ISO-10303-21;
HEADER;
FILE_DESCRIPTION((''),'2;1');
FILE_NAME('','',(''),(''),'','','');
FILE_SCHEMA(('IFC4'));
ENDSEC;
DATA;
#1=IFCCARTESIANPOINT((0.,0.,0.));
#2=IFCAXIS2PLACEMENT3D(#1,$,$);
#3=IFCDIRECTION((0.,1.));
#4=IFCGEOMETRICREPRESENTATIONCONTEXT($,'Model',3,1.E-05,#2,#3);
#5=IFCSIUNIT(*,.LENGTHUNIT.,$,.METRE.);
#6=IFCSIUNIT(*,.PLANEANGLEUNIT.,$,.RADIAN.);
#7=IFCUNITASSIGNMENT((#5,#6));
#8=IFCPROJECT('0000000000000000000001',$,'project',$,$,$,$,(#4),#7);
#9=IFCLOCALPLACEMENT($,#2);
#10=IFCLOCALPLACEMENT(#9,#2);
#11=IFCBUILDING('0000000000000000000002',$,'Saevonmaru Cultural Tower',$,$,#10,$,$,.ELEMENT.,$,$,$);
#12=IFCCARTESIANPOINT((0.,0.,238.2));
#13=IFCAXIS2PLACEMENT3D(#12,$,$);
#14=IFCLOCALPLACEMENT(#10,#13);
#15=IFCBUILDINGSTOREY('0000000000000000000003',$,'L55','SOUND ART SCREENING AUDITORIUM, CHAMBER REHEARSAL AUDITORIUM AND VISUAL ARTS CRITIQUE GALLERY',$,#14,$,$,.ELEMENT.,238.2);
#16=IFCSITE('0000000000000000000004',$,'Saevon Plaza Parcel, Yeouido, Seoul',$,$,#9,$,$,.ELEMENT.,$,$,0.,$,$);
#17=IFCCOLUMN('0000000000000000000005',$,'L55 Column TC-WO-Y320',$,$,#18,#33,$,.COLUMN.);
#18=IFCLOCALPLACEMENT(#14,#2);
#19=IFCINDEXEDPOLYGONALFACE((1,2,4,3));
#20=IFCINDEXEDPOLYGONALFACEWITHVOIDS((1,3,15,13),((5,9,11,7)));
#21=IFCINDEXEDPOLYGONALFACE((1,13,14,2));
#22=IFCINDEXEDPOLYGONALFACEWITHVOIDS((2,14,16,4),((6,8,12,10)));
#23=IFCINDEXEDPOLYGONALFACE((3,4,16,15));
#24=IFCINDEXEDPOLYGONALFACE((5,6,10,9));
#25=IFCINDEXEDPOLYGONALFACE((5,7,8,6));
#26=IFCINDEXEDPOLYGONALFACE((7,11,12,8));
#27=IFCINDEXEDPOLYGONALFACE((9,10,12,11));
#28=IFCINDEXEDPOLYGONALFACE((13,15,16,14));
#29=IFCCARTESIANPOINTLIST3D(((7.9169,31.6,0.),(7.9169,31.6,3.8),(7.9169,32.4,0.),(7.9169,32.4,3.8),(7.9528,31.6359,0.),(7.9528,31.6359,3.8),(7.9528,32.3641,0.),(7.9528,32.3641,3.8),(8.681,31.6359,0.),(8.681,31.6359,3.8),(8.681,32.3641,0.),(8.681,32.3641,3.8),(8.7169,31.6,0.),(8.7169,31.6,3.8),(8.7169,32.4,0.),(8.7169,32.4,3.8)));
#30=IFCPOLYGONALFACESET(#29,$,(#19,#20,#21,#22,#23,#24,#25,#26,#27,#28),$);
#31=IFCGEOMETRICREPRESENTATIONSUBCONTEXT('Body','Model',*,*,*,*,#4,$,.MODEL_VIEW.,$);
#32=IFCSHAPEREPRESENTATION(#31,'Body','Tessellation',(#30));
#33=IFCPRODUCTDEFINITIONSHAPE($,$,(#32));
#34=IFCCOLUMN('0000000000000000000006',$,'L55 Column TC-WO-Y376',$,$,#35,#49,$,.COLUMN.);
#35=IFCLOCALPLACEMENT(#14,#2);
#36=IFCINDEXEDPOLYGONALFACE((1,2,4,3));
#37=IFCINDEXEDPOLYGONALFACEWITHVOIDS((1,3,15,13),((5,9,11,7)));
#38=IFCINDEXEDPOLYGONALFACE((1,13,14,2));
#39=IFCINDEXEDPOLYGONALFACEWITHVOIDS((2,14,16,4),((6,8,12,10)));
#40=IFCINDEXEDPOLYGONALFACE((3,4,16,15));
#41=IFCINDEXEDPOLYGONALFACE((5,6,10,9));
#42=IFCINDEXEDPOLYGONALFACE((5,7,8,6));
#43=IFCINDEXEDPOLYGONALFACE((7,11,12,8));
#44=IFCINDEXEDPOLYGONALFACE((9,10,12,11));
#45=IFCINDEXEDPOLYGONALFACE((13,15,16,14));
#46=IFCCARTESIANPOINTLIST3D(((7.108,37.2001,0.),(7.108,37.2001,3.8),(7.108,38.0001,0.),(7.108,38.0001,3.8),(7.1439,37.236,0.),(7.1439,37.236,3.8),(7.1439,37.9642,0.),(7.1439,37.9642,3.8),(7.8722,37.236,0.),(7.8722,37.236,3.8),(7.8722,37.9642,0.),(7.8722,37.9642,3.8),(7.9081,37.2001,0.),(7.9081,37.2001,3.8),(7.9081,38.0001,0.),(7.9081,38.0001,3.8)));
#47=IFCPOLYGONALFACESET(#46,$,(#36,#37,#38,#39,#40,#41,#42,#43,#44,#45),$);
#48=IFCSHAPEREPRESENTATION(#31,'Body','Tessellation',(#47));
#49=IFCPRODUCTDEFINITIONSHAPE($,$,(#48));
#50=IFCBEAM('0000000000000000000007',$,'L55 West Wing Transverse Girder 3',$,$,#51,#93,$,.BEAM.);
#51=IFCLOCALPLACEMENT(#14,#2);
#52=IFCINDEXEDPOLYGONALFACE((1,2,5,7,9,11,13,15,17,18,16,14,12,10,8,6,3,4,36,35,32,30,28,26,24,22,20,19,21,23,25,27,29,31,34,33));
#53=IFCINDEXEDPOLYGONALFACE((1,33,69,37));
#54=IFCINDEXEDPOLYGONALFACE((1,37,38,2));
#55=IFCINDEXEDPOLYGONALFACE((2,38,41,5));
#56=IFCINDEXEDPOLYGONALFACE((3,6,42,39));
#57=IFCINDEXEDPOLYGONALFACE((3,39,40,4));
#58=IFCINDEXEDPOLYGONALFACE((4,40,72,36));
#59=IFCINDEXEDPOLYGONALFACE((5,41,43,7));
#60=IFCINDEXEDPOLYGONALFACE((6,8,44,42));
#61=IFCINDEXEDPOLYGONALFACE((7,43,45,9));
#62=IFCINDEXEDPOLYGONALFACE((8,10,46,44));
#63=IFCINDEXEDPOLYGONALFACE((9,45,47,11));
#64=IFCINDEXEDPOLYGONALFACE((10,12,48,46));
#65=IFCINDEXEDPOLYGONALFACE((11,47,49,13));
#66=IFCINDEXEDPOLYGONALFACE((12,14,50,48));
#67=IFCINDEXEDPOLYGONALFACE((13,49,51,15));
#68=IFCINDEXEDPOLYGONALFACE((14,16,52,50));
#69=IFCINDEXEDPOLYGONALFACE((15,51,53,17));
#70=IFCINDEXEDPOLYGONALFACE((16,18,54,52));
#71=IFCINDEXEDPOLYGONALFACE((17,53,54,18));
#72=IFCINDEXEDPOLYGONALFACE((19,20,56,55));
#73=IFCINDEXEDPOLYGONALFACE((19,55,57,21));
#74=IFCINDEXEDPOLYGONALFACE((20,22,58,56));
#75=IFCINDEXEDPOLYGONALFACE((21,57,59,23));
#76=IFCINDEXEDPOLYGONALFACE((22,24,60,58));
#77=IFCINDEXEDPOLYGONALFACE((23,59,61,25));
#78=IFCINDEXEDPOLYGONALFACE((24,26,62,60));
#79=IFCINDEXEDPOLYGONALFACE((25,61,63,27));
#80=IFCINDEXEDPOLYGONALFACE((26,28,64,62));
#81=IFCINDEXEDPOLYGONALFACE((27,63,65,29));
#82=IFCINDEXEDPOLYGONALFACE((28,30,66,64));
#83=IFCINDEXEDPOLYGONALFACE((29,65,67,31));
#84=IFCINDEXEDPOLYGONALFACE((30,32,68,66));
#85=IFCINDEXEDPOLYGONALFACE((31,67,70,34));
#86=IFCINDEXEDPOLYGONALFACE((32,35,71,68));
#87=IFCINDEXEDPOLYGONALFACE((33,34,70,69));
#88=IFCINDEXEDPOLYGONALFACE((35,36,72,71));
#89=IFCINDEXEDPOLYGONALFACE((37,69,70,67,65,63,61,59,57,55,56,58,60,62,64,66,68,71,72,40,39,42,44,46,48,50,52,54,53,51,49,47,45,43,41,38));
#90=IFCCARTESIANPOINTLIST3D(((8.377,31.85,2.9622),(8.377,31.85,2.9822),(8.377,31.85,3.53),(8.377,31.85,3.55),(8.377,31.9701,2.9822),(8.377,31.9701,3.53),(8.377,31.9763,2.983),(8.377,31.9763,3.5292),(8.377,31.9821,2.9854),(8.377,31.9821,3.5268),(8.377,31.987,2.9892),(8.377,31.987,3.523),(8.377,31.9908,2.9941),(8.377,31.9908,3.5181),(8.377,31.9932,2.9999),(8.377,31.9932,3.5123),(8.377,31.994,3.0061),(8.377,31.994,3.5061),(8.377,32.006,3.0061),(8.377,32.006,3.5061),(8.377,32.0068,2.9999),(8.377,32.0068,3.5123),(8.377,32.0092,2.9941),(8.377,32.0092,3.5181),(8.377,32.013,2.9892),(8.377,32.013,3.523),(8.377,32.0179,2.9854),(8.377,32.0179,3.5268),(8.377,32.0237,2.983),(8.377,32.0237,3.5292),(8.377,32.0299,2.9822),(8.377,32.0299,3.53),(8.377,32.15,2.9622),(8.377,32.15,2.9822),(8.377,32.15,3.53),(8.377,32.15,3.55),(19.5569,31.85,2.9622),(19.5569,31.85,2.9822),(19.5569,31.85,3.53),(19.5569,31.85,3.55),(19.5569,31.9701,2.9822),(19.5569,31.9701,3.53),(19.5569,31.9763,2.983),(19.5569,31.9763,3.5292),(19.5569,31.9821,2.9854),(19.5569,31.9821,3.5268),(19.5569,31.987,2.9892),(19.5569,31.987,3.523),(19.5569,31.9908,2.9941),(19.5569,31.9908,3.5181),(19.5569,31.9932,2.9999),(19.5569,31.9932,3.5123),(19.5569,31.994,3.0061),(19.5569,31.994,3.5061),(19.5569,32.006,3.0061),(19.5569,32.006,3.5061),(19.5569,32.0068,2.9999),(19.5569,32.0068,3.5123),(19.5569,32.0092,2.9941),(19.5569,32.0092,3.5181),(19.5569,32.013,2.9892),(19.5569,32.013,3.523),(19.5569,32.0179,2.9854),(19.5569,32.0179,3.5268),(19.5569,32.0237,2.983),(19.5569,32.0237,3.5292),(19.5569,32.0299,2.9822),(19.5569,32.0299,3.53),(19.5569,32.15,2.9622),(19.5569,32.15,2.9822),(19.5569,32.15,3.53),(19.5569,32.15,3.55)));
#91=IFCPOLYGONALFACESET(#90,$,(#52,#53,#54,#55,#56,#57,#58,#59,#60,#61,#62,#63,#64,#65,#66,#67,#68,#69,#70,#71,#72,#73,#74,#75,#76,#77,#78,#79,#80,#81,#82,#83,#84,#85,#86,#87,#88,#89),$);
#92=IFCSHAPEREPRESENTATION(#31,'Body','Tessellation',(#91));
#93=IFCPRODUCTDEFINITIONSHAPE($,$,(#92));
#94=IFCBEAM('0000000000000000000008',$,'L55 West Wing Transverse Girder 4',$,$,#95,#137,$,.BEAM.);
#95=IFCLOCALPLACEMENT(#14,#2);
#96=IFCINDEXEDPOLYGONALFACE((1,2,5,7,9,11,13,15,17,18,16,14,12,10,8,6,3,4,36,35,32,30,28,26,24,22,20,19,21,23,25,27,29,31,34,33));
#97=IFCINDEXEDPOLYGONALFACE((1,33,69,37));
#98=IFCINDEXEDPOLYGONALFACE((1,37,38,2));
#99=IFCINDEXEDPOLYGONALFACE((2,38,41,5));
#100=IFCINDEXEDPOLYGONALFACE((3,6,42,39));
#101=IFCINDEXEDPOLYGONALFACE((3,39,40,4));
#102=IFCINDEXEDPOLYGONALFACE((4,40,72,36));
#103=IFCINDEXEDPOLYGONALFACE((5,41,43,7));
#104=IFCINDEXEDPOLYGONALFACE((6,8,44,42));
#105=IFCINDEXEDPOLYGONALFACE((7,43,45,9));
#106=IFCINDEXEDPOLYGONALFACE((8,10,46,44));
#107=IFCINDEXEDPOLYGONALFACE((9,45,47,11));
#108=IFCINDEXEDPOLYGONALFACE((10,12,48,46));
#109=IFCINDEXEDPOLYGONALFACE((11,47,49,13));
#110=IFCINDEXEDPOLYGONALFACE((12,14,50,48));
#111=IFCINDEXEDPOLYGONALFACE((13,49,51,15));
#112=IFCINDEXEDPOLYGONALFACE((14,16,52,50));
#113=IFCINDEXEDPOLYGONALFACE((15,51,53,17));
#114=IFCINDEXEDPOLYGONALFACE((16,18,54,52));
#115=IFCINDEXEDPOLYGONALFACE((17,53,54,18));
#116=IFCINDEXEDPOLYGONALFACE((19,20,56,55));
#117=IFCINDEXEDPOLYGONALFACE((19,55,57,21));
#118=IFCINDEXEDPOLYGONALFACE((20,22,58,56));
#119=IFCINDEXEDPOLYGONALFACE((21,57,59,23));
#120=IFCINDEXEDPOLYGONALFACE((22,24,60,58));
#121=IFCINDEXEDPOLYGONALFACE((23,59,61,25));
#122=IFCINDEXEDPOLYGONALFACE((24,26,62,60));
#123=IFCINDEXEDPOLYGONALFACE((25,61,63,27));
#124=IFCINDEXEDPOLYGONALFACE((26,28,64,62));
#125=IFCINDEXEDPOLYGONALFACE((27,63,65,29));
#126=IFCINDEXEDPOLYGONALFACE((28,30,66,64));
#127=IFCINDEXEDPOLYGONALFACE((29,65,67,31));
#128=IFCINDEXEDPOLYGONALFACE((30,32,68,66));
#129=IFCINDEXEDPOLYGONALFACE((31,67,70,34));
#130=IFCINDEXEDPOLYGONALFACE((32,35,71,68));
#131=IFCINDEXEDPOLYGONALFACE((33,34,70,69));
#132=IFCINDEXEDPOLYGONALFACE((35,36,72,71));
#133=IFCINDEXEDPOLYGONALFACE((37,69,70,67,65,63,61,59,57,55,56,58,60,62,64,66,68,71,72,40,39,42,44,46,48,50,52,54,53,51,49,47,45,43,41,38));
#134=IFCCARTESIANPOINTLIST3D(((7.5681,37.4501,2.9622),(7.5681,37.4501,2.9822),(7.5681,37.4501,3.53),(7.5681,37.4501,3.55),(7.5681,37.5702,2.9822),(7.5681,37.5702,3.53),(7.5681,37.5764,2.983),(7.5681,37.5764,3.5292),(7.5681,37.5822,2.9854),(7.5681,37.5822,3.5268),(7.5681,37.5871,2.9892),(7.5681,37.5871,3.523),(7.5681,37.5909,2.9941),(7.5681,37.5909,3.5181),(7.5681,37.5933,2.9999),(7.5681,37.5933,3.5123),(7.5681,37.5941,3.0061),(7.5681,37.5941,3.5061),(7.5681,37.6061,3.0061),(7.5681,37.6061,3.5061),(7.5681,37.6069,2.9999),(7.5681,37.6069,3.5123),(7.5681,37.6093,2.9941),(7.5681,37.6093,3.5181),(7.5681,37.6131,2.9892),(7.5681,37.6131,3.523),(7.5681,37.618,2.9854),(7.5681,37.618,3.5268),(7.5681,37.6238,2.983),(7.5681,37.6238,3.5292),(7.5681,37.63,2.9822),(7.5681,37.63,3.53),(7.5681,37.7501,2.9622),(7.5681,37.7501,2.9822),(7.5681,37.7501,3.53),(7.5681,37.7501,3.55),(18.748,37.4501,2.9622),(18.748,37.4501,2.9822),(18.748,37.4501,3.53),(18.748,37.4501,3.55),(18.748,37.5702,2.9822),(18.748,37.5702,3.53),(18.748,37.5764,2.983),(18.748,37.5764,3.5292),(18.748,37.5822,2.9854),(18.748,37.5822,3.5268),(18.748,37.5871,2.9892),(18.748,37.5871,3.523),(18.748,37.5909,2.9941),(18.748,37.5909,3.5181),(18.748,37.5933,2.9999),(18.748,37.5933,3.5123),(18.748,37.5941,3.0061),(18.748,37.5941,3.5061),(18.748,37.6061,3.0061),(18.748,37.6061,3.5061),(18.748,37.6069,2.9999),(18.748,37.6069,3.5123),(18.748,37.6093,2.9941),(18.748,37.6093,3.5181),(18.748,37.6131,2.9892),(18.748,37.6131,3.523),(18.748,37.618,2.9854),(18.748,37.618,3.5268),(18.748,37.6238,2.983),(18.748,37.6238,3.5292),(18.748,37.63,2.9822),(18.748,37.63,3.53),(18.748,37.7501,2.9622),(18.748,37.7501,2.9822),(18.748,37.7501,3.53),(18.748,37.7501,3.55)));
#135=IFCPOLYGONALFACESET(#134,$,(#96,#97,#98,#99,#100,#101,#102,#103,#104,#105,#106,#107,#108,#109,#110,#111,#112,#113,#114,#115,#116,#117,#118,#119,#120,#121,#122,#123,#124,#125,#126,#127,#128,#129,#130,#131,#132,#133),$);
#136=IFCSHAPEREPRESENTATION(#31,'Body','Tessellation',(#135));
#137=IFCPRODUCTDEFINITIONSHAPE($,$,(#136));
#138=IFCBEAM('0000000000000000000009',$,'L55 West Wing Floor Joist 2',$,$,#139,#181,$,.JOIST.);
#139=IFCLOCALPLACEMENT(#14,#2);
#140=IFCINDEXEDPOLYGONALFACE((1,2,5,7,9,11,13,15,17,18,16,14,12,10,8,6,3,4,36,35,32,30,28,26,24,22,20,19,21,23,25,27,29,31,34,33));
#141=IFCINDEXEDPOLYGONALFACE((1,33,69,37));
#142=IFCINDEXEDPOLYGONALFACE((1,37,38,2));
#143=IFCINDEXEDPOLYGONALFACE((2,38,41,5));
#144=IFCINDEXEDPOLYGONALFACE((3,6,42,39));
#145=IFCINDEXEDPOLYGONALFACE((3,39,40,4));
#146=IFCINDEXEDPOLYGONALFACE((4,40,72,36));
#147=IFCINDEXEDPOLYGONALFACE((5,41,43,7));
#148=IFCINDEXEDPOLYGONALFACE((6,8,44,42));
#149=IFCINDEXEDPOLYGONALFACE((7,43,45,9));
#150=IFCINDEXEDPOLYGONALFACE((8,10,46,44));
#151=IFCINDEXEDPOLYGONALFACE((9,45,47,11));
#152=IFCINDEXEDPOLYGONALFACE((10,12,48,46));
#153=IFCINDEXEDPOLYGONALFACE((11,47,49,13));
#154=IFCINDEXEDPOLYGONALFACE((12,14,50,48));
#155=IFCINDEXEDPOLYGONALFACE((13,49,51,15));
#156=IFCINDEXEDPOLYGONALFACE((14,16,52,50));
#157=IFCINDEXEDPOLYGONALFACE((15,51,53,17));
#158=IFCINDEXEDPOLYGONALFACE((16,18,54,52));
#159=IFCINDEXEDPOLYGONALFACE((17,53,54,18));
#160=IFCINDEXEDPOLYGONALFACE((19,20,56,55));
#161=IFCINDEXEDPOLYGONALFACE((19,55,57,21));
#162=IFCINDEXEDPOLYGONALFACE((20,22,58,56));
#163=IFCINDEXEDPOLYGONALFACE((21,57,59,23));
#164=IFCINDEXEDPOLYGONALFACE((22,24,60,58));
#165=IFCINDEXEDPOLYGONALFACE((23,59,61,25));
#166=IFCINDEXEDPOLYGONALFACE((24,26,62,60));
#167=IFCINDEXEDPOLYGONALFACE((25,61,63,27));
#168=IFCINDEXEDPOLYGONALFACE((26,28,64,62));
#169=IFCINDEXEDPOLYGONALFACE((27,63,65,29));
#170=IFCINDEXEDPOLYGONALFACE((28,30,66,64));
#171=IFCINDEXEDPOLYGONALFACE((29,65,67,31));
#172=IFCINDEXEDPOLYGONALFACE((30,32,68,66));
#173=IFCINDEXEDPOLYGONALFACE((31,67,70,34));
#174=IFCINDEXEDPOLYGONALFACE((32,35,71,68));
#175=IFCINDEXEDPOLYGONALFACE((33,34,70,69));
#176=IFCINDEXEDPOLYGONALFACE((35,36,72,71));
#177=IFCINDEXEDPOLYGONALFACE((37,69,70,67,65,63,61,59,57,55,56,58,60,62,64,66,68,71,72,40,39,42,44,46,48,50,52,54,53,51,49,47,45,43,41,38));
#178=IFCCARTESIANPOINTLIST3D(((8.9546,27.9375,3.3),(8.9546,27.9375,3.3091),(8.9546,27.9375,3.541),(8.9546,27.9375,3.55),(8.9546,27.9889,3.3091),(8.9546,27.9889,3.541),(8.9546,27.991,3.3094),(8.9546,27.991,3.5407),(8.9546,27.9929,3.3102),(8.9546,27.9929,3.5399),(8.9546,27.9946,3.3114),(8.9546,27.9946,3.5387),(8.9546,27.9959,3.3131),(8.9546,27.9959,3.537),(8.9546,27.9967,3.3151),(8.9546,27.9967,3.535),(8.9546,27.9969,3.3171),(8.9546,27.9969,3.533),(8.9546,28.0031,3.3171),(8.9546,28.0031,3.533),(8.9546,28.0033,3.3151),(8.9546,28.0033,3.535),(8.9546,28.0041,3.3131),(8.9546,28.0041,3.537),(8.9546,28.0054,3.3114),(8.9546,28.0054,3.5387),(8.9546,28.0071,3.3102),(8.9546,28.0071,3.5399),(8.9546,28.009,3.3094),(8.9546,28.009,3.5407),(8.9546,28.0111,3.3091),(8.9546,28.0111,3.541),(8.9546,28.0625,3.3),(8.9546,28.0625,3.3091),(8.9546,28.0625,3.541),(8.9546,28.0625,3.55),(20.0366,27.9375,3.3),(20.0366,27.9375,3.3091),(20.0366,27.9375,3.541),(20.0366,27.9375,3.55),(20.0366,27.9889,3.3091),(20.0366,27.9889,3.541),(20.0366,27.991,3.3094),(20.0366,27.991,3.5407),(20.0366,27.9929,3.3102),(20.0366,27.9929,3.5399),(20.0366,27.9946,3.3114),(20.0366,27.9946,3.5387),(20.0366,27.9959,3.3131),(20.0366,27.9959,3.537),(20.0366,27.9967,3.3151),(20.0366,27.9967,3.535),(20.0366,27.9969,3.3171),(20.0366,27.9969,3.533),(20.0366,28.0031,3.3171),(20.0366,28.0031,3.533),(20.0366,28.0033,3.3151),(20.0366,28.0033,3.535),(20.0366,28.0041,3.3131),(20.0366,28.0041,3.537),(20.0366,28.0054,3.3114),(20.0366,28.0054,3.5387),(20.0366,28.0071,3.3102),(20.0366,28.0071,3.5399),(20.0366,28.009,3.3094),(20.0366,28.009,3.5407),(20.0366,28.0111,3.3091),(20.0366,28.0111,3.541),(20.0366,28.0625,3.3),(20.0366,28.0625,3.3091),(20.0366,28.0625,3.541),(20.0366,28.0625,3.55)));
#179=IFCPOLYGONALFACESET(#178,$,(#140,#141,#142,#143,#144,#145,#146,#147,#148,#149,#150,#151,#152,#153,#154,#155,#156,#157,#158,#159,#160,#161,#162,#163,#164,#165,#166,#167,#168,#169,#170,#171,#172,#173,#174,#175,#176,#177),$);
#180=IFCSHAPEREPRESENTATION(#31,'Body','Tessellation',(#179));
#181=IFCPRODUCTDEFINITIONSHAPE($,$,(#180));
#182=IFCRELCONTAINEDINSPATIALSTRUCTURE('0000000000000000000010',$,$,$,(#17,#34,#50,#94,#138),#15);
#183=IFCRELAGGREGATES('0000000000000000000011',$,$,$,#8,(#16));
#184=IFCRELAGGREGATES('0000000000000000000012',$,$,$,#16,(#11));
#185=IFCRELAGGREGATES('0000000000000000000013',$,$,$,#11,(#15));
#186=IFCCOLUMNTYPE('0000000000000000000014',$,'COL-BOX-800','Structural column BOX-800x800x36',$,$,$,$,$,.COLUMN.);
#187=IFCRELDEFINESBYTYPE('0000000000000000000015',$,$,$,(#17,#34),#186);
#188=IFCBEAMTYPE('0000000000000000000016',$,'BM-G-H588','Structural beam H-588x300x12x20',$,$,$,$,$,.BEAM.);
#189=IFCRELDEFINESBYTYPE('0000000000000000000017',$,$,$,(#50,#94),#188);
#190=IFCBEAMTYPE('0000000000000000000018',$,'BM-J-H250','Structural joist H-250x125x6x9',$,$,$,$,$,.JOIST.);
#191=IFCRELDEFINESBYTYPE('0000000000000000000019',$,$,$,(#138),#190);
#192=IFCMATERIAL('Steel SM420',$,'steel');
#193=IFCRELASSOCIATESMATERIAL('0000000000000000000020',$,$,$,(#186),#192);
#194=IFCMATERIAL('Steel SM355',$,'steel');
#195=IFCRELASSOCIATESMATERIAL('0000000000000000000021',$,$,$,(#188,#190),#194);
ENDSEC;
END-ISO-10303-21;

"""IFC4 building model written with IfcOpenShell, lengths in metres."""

from ifc_helpers import new_model, si_unit, direction, frame, origin, origin_2d, place, context, subcontext, project, spatial, hollow_rectangle, i_section, extrude, material, material_profile, profile_set, type_object, element, save


model = new_model("IFC4")

# Units and contexts
model_context = context("Model", 3, precision=1e-05, world=origin(), true_north=direction((0.0, 1.0)))
body_context = subcontext(model_context, "Body", "Model", "MODEL_VIEW")
ifc_project = project(units=[si_unit("LENGTHUNIT", "METRE"), si_unit("PLANEANGLEUNIT", "RADIAN")], contexts=[model_context])

# Site, building, storey
site_placement = place(None, origin())
site = spatial("IfcSite", under=ifc_project, at=site_placement, Name="Saevon Plaza Parcel, Yeouido, Seoul", CompositionType="ELEMENT", RefElevation=0.0)
building_placement = place(site_placement, origin())
building = spatial("IfcBuilding", under=site, at=building_placement, Name="Saevonmaru Cultural Tower", CompositionType="ELEMENT")
storey_placement = place(building_placement, frame((0.0, 0.0, 238.2)))
storey = spatial("IfcBuildingStorey", under=building, at=storey_placement, Name="L55", Description="SOUND ART SCREENING AUDITORIUM, CHAMBER REHEARSAL AUDITORIUM AND VISUAL ARTS CRITIQUE GALLERY", CompositionType="ELEMENT", Elevation=238.2)

# Columns
ifc_material_1 = material(Name="Steel SM420", Category="steel")
ifc_material_profile_1 = material_profile(ifc_material_1, hollow_rectangle(XDim=0.8, YDim=0.8, WallThickness=0.0359, at=origin_2d()), Name="BOX-800x800x36")
ifc_profile_set_1 = profile_set([ifc_material_profile_1], Name="Steel SM420")
column_type = type_object("IfcColumnType", Name="COL-BOX-800", Description="Structural column BOX-800x800x36", PredefinedType="COLUMN", material=ifc_profile_set_1)
for number, where, z_axis, x_axis, name in (
    (1, (8.3169, 32.0, 0.0), (0.0, 0.0, 1.0), (1.0, 0.0, 0.0), "L55 Column TC-WO-Y320"),
    (2, (7.5081, 37.6001, 0.0), (0.0, 0.0, 1.0), (1.0, 0.0, 0.0), "L55 Column TC-WO-Y376"),
):
    element("IfcColumn", number, at=place(storey_placement, frame(where, z_axis=z_axis, x_axis=x_axis)), inside=storey, type_object=column_type, Name=name, PredefinedType="COLUMN", context=body_context, shape_type="SweptSolid", body=[
        extrude(hollow_rectangle(XDim=0.8, YDim=0.8, WallThickness=0.0359, at=origin_2d()), origin(), (0.0, 0.0, 1.0), 3.8),
    ])

# Beams
ifc_material_2 = material(Name="Steel SM355", Category="steel")
ifc_material_profile_2 = material_profile(ifc_material_2, i_section(OverallWidth=0.3, OverallDepth=0.5879, WebThickness=0.012, FlangeThickness=0.02, FilletRadius=0.0239, at=origin_2d()), Name="H-588x300x12x20")
ifc_profile_set_2 = profile_set([ifc_material_profile_2], Name="Steel SM355")
beam_type_1 = type_object("IfcBeamType", Name="BM-G-H588", Description="Structural beam H-588x300x12x20", PredefinedType="BEAM", material=ifc_profile_set_2)
for number, where, z_axis, x_axis, name in (
    (3, (8.377, 32.0, 3.2561), (1.0, 0.0, 0.0), (0.0, 1.0, 0.0), "L55 West Wing Transverse Girder 3"),
    (4, (7.5681, 37.6001, 3.2561), (1.0, 0.0, 0.0), (0.0, 1.0, 0.0), "L55 West Wing Transverse Girder 4"),
):
    element("IfcBeam", number, at=place(storey_placement, frame(where, z_axis=z_axis, x_axis=x_axis)), inside=storey, type_object=beam_type_1, Name=name, PredefinedType="BEAM", context=body_context, shape_type="SweptSolid", body=[
        extrude(i_section(OverallWidth=0.3, OverallDepth=0.5879, WebThickness=0.012, FlangeThickness=0.02, FilletRadius=0.0239, at=origin_2d()), origin(), (0.0, 0.0, 1.0), 11.1799),
    ])
ifc_material_profile_3 = material_profile(ifc_material_2, i_section(OverallWidth=0.125, OverallDepth=0.25, WebThickness=0.0061, FlangeThickness=0.009, FilletRadius=0.0081, at=origin_2d()), Name="H-250x125x6x9")
ifc_profile_set_3 = profile_set([ifc_material_profile_3], Name="Steel SM355")
beam_type_2 = type_object("IfcBeamType", Name="BM-J-H250", Description="Structural joist H-250x125x6x9", PredefinedType="JOIST", material=ifc_profile_set_3)
for number, where, z_axis, x_axis, name in (
    (5, (8.9546, 28.0, 3.425), (1.0, 0.0, 0.0), (0.0, 1.0, 0.0), "L55 West Wing Floor Joist 2"),
):
    element("IfcBeam", number, at=place(storey_placement, frame(where, z_axis=z_axis, x_axis=x_axis)), inside=storey, type_object=beam_type_2, Name=name, PredefinedType="JOIST", context=body_context, shape_type="SweptSolid", body=[
        extrude(i_section(OverallWidth=0.125, OverallDepth=0.25, WebThickness=0.0061, FlangeThickness=0.009, FilletRadius=0.0081, at=origin_2d()), origin(), (0.0, 0.0, 1.0), 11.082),
    ])

save(model, "model.ifc")
